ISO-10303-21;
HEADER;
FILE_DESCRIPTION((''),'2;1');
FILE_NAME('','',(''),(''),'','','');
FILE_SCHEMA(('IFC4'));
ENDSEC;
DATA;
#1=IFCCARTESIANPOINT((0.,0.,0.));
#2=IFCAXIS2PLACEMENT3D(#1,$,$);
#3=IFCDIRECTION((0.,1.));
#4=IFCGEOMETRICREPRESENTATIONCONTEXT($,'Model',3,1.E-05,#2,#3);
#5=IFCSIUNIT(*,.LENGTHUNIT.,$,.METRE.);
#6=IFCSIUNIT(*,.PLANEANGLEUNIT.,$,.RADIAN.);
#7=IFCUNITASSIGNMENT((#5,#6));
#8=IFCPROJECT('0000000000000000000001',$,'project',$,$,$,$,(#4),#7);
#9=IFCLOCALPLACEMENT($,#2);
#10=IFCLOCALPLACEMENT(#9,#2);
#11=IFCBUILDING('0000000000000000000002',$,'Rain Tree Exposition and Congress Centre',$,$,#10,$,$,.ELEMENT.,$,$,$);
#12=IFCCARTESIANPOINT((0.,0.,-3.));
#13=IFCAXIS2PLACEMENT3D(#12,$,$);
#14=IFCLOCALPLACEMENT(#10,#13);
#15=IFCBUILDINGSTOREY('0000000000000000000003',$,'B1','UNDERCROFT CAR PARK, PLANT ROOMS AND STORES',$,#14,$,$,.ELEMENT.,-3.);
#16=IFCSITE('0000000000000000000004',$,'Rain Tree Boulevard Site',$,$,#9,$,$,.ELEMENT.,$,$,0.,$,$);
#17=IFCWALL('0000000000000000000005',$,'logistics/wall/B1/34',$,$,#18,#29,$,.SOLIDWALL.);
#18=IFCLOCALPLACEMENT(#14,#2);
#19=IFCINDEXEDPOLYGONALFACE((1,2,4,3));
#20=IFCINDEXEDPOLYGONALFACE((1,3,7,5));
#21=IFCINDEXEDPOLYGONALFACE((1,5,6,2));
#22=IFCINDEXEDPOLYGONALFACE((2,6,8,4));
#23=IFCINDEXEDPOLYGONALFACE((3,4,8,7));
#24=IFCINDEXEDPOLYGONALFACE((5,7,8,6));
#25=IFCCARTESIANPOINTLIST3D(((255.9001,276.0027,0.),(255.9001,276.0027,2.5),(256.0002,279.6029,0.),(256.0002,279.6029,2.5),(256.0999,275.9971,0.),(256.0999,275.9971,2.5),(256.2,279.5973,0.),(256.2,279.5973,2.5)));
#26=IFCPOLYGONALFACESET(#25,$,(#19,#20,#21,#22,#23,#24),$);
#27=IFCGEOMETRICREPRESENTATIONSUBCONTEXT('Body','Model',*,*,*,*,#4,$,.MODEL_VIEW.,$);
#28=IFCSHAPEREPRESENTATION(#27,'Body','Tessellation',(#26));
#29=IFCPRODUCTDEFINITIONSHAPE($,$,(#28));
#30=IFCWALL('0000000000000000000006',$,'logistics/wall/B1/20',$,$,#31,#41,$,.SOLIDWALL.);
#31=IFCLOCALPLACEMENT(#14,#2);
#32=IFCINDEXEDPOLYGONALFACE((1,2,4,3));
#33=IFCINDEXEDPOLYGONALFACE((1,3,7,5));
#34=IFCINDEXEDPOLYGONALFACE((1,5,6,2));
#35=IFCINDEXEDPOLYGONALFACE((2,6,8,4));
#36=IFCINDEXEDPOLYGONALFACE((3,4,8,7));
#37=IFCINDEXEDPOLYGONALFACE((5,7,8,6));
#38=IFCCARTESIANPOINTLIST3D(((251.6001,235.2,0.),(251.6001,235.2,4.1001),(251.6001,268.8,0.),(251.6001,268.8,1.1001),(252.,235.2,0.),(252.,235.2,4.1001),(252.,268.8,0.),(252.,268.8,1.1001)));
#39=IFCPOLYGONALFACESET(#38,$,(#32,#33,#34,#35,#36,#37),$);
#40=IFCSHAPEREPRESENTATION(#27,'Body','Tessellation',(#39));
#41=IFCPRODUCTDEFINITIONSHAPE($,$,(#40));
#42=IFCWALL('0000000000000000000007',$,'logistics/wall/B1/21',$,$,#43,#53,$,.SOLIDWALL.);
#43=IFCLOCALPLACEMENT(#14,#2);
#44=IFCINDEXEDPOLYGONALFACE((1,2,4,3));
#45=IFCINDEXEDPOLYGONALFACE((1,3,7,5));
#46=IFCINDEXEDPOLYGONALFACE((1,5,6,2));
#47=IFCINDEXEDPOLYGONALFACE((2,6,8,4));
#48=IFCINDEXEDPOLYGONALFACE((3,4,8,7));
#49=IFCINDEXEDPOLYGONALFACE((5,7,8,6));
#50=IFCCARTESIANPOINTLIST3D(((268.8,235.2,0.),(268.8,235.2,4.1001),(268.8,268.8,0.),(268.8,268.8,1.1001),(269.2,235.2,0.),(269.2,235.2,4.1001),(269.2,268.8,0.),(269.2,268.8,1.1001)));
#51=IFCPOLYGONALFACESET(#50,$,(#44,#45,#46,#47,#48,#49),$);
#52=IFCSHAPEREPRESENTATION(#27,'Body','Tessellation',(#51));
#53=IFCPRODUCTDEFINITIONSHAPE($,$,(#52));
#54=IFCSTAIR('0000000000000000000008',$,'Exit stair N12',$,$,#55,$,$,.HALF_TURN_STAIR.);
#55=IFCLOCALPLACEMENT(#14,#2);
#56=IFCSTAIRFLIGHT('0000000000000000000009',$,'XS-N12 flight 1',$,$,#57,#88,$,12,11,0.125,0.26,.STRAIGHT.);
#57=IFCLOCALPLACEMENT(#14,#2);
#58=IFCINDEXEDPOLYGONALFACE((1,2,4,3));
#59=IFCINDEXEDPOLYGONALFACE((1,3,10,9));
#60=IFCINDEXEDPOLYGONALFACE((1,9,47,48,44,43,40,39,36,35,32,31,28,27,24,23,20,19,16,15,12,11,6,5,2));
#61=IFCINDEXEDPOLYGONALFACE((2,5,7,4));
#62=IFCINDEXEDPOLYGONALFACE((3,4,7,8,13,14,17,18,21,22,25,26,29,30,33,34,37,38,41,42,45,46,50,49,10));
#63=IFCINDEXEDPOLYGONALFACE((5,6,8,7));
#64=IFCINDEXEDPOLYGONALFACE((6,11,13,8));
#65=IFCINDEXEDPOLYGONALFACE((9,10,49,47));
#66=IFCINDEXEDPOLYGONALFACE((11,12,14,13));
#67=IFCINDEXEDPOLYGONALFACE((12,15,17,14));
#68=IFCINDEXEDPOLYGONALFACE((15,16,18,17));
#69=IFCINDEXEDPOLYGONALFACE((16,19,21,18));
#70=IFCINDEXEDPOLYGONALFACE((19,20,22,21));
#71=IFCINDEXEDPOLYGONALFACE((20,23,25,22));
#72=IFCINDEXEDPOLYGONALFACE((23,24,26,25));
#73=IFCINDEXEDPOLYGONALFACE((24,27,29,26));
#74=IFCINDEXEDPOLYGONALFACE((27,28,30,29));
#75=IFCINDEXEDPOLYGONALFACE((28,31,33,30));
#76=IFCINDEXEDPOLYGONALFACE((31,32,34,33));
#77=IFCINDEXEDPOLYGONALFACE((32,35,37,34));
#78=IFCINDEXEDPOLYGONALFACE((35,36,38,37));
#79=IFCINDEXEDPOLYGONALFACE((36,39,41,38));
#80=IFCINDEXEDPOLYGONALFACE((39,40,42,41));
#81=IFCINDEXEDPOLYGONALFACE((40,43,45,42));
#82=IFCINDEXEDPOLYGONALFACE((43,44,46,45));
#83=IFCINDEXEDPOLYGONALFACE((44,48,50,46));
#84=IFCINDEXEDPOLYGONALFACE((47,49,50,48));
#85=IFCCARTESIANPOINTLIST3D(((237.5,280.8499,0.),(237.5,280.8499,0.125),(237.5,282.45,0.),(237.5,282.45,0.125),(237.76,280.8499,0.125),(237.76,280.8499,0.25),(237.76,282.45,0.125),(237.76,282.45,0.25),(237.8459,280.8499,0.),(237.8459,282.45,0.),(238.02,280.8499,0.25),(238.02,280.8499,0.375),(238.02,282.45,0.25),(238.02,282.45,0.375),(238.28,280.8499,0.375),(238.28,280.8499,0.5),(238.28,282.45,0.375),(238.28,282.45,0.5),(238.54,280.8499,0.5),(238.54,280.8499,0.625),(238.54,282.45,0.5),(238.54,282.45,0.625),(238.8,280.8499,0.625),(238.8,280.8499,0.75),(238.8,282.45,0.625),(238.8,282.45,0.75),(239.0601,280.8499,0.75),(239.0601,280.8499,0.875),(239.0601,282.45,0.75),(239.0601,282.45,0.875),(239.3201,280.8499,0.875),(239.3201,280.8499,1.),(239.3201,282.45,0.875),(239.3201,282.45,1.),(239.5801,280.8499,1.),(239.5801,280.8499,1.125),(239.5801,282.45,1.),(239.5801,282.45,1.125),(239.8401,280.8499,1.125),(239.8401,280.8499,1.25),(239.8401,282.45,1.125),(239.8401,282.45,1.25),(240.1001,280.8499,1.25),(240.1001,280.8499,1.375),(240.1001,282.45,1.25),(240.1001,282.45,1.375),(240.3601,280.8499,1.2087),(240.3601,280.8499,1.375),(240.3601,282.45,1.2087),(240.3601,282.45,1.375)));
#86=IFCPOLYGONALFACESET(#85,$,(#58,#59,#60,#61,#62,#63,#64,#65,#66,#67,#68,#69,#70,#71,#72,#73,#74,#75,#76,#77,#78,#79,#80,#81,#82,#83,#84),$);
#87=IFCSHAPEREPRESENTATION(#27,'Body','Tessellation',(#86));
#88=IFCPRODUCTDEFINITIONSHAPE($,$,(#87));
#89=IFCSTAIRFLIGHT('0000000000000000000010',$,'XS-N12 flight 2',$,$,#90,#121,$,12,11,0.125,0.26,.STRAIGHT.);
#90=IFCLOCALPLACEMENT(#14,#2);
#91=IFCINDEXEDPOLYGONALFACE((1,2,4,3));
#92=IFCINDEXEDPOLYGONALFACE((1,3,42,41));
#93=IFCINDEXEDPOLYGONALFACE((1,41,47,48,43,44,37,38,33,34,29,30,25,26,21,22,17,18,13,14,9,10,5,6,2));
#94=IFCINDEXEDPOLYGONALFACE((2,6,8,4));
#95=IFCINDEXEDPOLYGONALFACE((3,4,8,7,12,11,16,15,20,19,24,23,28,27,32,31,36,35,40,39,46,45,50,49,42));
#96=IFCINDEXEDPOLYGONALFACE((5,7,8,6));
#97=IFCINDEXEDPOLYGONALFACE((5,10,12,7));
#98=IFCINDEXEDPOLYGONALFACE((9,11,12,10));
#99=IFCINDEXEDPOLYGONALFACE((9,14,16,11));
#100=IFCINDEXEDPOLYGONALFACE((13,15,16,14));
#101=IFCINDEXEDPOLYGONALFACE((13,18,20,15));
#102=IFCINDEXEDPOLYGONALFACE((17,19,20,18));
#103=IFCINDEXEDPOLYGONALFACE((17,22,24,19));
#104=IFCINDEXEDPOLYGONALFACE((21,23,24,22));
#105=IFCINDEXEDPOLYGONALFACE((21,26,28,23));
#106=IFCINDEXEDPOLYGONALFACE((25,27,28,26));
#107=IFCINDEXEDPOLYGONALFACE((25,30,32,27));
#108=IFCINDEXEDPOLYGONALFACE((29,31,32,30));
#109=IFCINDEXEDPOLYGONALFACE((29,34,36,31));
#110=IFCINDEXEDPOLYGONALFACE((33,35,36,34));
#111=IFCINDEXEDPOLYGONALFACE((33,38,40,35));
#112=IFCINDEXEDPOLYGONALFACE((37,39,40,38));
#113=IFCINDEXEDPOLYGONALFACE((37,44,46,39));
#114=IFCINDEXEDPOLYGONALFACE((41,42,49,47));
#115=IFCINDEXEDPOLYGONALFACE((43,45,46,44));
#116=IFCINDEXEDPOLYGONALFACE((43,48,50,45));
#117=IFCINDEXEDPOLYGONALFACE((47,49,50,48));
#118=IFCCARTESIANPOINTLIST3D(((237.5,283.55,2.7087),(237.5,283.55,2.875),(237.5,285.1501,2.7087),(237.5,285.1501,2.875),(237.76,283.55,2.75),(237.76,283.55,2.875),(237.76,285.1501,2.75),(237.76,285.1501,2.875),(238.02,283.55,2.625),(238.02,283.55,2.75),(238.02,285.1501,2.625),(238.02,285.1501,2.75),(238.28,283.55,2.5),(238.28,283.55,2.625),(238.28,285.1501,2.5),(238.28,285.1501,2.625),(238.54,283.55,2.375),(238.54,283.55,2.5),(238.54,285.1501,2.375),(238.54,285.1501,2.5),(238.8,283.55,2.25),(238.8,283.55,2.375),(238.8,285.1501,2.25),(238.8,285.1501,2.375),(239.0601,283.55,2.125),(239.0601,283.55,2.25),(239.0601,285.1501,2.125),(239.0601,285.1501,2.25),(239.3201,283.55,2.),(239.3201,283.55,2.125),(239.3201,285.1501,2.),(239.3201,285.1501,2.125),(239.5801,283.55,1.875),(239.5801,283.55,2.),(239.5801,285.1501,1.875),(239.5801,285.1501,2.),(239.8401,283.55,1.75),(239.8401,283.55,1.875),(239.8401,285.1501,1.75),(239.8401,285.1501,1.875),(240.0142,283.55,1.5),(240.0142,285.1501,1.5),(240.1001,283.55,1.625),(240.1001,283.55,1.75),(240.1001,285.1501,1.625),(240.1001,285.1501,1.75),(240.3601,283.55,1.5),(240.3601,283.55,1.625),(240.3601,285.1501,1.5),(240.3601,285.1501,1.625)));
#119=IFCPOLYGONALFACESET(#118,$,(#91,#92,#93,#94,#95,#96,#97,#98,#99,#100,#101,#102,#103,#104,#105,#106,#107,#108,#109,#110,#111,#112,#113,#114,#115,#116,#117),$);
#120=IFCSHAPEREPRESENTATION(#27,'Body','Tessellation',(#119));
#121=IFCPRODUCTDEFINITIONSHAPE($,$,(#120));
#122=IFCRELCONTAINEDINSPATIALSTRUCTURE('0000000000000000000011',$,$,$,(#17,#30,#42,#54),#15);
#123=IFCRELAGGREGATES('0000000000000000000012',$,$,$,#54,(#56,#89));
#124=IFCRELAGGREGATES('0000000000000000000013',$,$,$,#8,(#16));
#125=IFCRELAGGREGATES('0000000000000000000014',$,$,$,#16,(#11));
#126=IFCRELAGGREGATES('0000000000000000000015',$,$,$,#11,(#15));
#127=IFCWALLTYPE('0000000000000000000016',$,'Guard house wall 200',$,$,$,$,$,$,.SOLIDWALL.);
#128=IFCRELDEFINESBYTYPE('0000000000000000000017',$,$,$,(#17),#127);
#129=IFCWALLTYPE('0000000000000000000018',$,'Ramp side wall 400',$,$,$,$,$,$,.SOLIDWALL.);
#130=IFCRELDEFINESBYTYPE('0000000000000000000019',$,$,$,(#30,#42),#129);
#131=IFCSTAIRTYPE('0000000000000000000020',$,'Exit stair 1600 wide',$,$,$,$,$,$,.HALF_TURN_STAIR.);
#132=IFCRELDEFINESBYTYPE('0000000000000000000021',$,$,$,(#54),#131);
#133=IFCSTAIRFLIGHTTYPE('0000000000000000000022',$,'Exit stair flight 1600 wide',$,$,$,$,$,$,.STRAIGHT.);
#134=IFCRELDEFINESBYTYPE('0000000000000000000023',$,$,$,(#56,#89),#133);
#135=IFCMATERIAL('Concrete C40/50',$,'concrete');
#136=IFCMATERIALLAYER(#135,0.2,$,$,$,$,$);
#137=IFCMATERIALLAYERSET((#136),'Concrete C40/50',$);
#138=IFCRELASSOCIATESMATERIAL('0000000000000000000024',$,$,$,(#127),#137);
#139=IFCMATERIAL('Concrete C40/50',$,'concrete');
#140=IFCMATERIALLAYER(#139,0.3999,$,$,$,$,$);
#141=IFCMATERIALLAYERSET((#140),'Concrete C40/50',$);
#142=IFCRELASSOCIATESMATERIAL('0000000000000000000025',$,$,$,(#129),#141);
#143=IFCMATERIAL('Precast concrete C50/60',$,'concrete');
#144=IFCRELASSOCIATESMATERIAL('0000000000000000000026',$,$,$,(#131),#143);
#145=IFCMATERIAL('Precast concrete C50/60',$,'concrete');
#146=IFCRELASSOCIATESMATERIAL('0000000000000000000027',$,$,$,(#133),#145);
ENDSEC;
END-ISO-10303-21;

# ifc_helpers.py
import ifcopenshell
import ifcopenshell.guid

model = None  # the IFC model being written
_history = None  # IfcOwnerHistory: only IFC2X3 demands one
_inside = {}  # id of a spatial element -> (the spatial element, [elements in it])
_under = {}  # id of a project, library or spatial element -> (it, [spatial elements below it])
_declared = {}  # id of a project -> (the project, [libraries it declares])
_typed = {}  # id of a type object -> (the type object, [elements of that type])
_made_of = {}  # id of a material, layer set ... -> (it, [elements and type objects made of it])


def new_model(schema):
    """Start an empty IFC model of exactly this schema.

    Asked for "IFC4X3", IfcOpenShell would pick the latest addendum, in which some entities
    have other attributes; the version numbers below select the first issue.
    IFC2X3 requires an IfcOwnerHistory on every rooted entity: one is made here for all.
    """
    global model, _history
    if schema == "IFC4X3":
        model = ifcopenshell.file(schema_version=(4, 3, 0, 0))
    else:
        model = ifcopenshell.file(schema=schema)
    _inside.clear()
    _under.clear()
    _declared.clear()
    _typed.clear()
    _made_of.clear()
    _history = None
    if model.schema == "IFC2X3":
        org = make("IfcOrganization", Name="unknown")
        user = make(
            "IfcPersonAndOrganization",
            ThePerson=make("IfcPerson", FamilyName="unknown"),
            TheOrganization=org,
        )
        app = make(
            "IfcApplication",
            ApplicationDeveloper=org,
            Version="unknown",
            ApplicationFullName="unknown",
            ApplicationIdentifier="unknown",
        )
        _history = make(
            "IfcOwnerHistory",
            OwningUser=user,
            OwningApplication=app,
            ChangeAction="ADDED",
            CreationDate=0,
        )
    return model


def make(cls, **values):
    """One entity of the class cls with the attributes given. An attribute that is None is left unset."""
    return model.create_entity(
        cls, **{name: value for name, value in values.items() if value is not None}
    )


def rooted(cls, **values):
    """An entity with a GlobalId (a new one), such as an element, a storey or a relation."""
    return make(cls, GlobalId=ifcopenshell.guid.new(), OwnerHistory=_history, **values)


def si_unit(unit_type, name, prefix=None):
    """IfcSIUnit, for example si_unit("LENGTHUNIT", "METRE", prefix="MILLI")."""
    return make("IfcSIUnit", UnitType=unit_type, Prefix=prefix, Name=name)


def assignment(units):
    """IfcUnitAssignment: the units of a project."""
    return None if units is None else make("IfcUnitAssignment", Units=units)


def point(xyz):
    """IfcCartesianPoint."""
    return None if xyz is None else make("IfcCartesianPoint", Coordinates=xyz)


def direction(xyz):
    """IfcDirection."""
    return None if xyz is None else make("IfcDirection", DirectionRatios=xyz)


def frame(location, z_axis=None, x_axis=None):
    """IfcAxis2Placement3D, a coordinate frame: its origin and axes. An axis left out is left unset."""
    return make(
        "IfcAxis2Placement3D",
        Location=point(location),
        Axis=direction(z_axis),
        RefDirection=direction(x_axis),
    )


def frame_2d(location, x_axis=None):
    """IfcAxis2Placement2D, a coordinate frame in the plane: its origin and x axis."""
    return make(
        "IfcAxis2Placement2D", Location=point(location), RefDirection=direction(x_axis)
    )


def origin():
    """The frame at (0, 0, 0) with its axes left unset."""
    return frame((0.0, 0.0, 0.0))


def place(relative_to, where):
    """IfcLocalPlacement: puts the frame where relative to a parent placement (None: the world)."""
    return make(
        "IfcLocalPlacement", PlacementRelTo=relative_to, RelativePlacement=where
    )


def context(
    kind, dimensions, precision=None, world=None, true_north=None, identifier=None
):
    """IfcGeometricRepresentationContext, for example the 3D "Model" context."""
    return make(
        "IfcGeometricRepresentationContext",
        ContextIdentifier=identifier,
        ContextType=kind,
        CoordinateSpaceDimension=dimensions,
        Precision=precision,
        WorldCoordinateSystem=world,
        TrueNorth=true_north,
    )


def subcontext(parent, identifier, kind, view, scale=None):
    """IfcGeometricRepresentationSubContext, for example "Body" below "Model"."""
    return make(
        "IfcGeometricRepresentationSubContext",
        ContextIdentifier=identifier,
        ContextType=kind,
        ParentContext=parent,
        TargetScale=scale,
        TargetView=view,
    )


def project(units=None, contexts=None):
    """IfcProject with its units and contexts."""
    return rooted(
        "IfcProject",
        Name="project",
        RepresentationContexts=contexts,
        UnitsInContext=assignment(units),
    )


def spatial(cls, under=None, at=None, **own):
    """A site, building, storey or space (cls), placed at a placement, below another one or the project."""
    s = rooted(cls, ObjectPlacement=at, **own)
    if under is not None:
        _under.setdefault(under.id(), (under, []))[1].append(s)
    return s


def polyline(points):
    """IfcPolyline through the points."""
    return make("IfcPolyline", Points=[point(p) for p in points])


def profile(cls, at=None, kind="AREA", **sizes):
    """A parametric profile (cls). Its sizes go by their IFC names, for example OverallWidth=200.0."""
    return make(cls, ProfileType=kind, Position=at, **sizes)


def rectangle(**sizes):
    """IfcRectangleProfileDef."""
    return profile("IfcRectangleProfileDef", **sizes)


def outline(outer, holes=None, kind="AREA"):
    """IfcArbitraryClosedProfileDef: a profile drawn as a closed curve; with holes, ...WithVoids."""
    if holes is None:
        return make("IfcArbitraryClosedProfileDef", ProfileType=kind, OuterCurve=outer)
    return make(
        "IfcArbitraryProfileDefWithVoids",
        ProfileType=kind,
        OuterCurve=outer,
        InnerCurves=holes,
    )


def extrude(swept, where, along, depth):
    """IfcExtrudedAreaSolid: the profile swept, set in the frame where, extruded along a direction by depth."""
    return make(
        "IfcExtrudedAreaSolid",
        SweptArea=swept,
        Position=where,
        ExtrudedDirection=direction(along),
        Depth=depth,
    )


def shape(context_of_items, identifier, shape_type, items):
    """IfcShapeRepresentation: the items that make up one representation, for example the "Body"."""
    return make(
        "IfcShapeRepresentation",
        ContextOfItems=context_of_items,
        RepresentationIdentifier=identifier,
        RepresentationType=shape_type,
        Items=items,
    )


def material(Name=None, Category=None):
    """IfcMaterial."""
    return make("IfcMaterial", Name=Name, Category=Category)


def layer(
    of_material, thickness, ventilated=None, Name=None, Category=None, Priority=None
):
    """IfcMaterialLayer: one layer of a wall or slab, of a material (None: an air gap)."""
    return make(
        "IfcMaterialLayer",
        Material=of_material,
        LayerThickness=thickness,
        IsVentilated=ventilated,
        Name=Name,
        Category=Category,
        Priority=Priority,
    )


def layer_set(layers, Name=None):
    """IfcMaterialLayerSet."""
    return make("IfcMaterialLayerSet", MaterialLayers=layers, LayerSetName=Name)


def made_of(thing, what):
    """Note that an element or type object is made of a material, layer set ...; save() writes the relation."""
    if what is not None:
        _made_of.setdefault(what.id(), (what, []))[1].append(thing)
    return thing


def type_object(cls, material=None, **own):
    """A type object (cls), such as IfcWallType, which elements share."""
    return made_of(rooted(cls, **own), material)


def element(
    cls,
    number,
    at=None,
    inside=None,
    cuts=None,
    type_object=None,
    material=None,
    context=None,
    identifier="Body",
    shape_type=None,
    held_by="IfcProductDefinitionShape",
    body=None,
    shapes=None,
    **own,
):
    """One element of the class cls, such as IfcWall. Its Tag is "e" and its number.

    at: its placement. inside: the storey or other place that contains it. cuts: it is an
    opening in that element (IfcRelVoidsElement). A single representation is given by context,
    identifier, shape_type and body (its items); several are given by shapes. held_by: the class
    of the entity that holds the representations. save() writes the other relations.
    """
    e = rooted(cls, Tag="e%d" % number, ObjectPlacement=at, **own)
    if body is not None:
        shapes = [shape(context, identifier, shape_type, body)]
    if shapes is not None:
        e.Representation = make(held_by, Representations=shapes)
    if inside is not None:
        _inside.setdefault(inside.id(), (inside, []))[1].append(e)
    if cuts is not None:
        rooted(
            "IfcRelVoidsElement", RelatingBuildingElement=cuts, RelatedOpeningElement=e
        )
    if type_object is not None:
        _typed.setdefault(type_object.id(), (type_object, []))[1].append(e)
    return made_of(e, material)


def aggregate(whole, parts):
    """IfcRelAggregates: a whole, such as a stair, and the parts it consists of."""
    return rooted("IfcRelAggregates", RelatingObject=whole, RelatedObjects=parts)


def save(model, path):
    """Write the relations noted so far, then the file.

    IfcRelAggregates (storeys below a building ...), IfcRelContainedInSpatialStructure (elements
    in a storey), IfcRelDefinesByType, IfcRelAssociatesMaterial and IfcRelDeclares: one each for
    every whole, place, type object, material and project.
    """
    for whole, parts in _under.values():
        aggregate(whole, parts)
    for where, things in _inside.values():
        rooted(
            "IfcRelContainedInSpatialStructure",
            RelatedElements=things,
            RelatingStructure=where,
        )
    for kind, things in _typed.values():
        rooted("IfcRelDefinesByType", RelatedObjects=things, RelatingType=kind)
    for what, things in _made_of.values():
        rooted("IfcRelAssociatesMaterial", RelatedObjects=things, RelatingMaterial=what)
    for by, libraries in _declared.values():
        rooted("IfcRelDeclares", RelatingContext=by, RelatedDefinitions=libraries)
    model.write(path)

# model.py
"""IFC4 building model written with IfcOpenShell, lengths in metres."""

from ifc_helpers import new_model, si_unit, direction, frame, frame_2d, origin, place, context, subcontext, project, spatial, polyline, rectangle, outline, extrude, material, layer, layer_set, type_object, element, aggregate, save


model = new_model("IFC4")

# Units and contexts
model_context = context("Model", 3, precision=1e-05, world=origin(), true_north=direction((0.0, 1.0)))
body_context = subcontext(model_context, "Body", "Model", "MODEL_VIEW")
ifc_project = project(units=[si_unit("LENGTHUNIT", "METRE"), si_unit("PLANEANGLEUNIT", "RADIAN")], contexts=[model_context])

# Site, building, storey
site_placement = place(None, origin())
site = spatial("IfcSite", under=ifc_project, at=site_placement, Name="Rain Tree Boulevard Site", CompositionType="ELEMENT", RefElevation=0.0)
building_placement = place(site_placement, origin())
building = spatial("IfcBuilding", under=site, at=building_placement, Name="Rain Tree Exposition and Congress Centre", CompositionType="ELEMENT")
storey_placement = place(building_placement, frame((0.0, 0.0, -3.0)))
storey = spatial("IfcBuildingStorey", under=building, at=storey_placement, Name="B1", Description="UNDERCROFT CAR PARK, PLANT ROOMS AND STORES", CompositionType="ELEMENT", Elevation=-3.0)

# Shared definitions
ifc_material_1 = material(Name="Concrete C40/50", Category="concrete")
ifc_layer_1 = layer(ifc_material_1, 0.2)
ifc_layer_set_1 = layer_set([ifc_layer_1], Name="Concrete C40/50")
wall_type_1 = type_object("IfcWallType", Name="Guard house wall 200", PredefinedType="SOLIDWALL", material=ifc_layer_set_1)

# Walls
wall_1_placement = place(storey_placement, frame((256.1001, 279.6001, 0.0), z_axis=(0.0, 0.0, 1.0), x_axis=(-0.027793, -0.999614, 0.0)))
element("IfcWall", 1, at=wall_1_placement, inside=storey, type_object=wall_type_1, Name="logistics/wall/B1/34", PredefinedType="SOLIDWALL", context=body_context, shape_type="SweptSolid", body=[
    extrude(rectangle(XDim=3.6016, YDim=0.2, at=frame_2d((1.8008, 0.0))), origin(), (0.0, 0.0, 1.0), 2.5),
])
ifc_material_2 = material(Name="Concrete C40/50", Category="concrete")
ifc_layer_2 = layer(ifc_material_2, 0.3999)
ifc_layer_set_2 = layer_set([ifc_layer_2], Name="Concrete C40/50")
wall_type_2 = type_object("IfcWallType", Name="Ramp side wall 400", PredefinedType="SOLIDWALL", material=ifc_layer_set_2)
for number, where, z_axis, x_axis, name in (
    (2, (251.8, 268.8, 0.0), (0.0, 0.0, 1.0), (0.0, -1.0, 0.0), "logistics/wall/B1/20"),
    (3, (269.0, 268.8, 0.0), (0.0, 0.0, 1.0), (0.0, -1.0, 0.0), "logistics/wall/B1/21"),
):
    element("IfcWall", number, at=place(storey_placement, frame(where, z_axis=z_axis, x_axis=x_axis)), inside=storey, type_object=wall_type_2, Name=name, PredefinedType="SOLIDWALL", context=body_context, shape_type="SweptSolid", body=[
        extrude(outline(polyline([(0.0, 0.0), (33.6001, 0.0), (33.6001, 4.1001), (0.0, 1.1001), (0.0, 0.0)])), frame((0.0, 0.2, 0.0), z_axis=(0.0, -1.0, 0.0), x_axis=(1.0, 0.0, 0.0)), (0.0, 0.0, 1.0), 0.3999),
    ])

# Stair, stair flights
ifc_material_3 = material(Name="Precast concrete C50/60", Category="concrete")
stair_type = type_object("IfcStairType", Name="Exit stair 1600 wide", PredefinedType="HALF_TURN_STAIR", material=ifc_material_3)
stair_placement = place(storey_placement, origin())
stair = element("IfcStair", 4, at=stair_placement, inside=storey, type_object=stair_type, Name="Exit stair N12", PredefinedType="HALF_TURN_STAIR")
ifc_material_4 = material(Name="Precast concrete C50/60", Category="concrete")
stair_flight_type = type_object("IfcStairFlightType", Name="Exit stair flight 1600 wide", PredefinedType="STRAIGHT", material=ifc_material_4)
stair_flight_1_placement = place(storey_placement, frame((237.5, 281.6499, 0.0), z_axis=(0.0, 0.0, 1.0), x_axis=(1.0, 0.0, 0.0)))
stair_flight_1 = element("IfcStairFlight", 5, at=stair_flight_1_placement, type_object=stair_flight_type, Name="XS-N12 flight 1", NumberOfRisers=12, NumberOfTreads=11, PredefinedType="STRAIGHT", RiserHeight=0.125, TreadLength=0.26, context=body_context, shape_type="SweptSolid", body=[
    extrude(outline(polyline([(0.0, 0.0), (0.0, 0.125), (0.26, 0.125), (0.26, 0.25), (0.52, 0.25), (0.52, 0.375), (0.78, 0.375), (0.78, 0.5), (1.04, 0.5), (1.04, 0.625), (1.3, 0.625), (1.3, 0.75), (1.5601, 0.75), (1.5601, 0.875), (1.8201, 0.875), (1.8201, 1.0), (2.0801, 1.0), (2.0801, 1.125), (2.3401, 1.125), (2.3401, 1.25), (2.6001, 1.25), (2.6001, 1.375), (2.8601, 1.375), (2.8601, 1.5), (2.8601, 1.2087), (0.3459, 0.0), (0.0, 0.0)])), frame((0.0, 0.8, 0.0), z_axis=(0.0, -1.0, 0.0), x_axis=(1.0, 0.0, 0.0)), (0.0, 0.0, 1.0), 1.6001),
])
stair_flight_2_placement = place(storey_placement, frame((240.3601, 284.3501, 1.5), z_axis=(0.0, 0.0, 1.0), x_axis=(-1.0, 0.0, 0.0)))
stair_flight_2 = element("IfcStairFlight", 6, at=stair_flight_2_placement, type_object=stair_flight_type, Name="XS-N12 flight 2", NumberOfRisers=12, NumberOfTreads=11, PredefinedType="STRAIGHT", RiserHeight=0.125, TreadLength=0.26, context=body_context, shape_type="SweptSolid", body=[
    extrude(outline(polyline([(0.0, 0.0), (0.0, 0.125), (0.26, 0.125), (0.26, 0.25), (0.52, 0.25), (0.52, 0.375), (0.78, 0.375), (0.78, 0.5), (1.04, 0.5), (1.04, 0.625), (1.3, 0.625), (1.3, 0.75), (1.5601, 0.75), (1.5601, 0.875), (1.8201, 0.875), (1.8201, 1.0), (2.0801, 1.0), (2.0801, 1.125), (2.3401, 1.125), (2.3401, 1.25), (2.6001, 1.25), (2.6001, 1.375), (2.8601, 1.375), (2.8601, 1.5), (2.8601, 1.2087), (0.3459, 0.0), (0.0, 0.0)])), frame((0.0, 0.8, 0.0), z_axis=(0.0, -1.0, 0.0), x_axis=(1.0, 0.0, 0.0)), (0.0, 0.0, 1.0), 1.6001),
])
aggregate(stair, [stair_flight_1, stair_flight_2])

save(model, "model.ifc")
